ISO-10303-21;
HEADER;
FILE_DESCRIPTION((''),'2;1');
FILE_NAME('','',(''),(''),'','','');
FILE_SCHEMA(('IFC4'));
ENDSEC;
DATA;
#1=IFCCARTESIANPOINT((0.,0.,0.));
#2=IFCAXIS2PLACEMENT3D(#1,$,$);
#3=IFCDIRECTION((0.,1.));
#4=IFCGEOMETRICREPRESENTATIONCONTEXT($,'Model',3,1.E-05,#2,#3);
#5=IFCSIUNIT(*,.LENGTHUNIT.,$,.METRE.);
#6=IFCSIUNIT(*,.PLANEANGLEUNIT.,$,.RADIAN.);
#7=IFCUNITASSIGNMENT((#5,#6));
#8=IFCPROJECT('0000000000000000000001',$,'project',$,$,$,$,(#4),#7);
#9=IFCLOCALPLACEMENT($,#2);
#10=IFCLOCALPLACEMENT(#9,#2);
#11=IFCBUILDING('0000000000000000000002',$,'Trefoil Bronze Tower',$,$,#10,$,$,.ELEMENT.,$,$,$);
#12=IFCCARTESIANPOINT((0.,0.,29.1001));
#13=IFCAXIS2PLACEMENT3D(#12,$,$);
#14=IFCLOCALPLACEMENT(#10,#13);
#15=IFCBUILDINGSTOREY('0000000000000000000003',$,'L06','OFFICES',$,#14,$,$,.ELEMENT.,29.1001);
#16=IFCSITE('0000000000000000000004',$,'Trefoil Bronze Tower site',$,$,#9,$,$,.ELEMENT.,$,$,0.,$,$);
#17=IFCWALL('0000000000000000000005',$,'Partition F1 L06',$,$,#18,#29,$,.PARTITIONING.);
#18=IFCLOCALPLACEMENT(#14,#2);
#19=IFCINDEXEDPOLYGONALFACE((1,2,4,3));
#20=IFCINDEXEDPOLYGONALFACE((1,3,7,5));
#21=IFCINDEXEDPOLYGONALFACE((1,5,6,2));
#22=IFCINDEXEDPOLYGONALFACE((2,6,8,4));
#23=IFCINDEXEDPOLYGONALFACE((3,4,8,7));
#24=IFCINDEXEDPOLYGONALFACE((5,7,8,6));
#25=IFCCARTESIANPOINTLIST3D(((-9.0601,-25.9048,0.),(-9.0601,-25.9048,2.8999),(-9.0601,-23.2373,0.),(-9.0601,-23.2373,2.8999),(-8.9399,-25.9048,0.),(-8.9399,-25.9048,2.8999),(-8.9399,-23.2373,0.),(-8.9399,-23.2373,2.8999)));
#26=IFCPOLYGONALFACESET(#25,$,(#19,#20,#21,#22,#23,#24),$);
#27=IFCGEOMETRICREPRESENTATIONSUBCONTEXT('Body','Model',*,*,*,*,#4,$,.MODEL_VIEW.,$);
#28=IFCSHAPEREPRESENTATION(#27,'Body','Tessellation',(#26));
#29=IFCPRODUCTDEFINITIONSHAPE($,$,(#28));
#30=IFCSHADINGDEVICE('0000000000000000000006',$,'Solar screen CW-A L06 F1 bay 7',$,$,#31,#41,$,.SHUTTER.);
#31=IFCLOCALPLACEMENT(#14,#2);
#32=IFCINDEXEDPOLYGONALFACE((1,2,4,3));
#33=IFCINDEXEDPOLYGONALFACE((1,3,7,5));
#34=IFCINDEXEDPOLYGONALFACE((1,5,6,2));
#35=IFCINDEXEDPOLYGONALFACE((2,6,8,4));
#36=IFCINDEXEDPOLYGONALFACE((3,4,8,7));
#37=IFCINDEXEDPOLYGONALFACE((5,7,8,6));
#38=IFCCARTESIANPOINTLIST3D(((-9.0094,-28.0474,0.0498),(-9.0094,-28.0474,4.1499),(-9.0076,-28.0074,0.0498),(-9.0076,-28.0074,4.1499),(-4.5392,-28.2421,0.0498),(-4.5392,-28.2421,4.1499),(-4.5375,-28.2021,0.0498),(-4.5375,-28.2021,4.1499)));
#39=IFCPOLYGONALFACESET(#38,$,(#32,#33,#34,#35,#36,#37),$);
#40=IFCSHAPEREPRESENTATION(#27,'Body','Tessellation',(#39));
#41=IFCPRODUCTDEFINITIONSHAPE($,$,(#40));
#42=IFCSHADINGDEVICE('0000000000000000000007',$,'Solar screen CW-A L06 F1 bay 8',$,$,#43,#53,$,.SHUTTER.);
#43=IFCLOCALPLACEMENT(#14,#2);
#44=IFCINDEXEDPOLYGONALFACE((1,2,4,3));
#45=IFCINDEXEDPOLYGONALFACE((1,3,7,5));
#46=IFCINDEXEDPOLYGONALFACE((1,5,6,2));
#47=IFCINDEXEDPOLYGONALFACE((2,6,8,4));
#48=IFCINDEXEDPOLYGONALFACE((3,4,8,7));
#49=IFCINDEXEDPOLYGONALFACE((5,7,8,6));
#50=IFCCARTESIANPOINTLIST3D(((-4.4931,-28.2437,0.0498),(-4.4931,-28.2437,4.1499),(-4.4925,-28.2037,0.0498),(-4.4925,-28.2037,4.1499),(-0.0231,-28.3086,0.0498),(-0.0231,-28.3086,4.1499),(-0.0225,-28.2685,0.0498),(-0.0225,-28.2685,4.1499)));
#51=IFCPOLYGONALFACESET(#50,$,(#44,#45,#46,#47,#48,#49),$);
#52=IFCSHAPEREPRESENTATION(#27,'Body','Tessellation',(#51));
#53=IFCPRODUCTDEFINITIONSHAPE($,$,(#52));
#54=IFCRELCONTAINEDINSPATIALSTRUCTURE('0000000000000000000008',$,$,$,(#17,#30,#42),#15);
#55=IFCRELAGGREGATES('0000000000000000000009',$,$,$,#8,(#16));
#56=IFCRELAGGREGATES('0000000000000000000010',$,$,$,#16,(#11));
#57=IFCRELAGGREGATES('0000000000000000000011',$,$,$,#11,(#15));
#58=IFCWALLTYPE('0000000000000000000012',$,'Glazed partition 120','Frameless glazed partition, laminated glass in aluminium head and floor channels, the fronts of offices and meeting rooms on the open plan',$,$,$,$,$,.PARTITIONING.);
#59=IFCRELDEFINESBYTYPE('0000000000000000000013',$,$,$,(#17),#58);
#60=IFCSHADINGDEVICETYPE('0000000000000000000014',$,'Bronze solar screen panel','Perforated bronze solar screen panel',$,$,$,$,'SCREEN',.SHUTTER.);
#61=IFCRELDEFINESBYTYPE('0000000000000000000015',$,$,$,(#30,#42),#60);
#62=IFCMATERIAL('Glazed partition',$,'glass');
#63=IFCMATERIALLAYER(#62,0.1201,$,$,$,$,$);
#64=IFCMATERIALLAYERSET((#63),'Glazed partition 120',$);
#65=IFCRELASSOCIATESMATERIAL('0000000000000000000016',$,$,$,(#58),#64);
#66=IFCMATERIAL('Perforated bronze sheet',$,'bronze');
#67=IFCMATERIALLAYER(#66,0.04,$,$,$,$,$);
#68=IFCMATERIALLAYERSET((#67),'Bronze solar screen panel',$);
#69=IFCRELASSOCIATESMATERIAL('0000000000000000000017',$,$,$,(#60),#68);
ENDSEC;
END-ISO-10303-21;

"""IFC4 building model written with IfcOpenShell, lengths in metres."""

from ifc_helpers import new_model, si_unit, direction, frame, frame_2d, origin, origin_2d, place, context, subcontext, project, spatial, rectangle, extrude, material, layer, layer_set, type_object, element, save


model = new_model("IFC4")

# Units and contexts
model_context = context("Model", 3, precision=1e-05, world=origin(), true_north=direction((0.0, 1.0)))
body_context = subcontext(model_context, "Body", "Model", "MODEL_VIEW")
ifc_project = project(units=[si_unit("LENGTHUNIT", "METRE"), si_unit("PLANEANGLEUNIT", "RADIAN")], contexts=[model_context])

# Site, building, storey
site_placement = place(None, origin())
site = spatial("IfcSite", under=ifc_project, at=site_placement, Name="Trefoil Bronze Tower site", CompositionType="ELEMENT", RefElevation=0.0)
building_placement = place(site_placement, origin())
building = spatial("IfcBuilding", under=site, at=building_placement, Name="Trefoil Bronze Tower", CompositionType="ELEMENT")
storey_placement = place(building_placement, frame((0.0, 0.0, 29.1001)))
storey = spatial("IfcBuildingStorey", under=building, at=storey_placement, Name="L06", Description="OFFICES", CompositionType="ELEMENT", Elevation=29.1001)

# Shared definitions
ifc_material_1 = material(Name="Glazed partition", Category="glass")
ifc_layer_1 = layer(ifc_material_1, 0.1201)
ifc_layer_set_1 = layer_set([ifc_layer_1], Name="Glazed partition 120")
wall_type = type_object("IfcWallType", Name="Glazed partition 120", Description="Frameless glazed partition, laminated glass in aluminium head and floor channels, the fronts of offices and meeting rooms on the open plan", PredefinedType="PARTITIONING", material=ifc_layer_set_1)

# Wall
wall_1_placement = place(storey_placement, frame((-9.0, -23.2373, 0.0), z_axis=(0.0, 0.0, 1.0), x_axis=(0.0, -1.0, 0.0)))
element("IfcWall", 1, at=wall_1_placement, inside=storey, type_object=wall_type, Name="Partition F1 L06", PredefinedType="PARTITIONING", context=body_context, shape_type="SweptSolid", body=[
    extrude(rectangle(XDim=2.6675, YDim=0.1201, at=frame_2d((1.3337, 0.0))), origin(), (0.0, 0.0, 1.0), 2.8999),
])

# Shading devices
ifc_material_2 = material(Name="Perforated bronze sheet", Category="bronze")
ifc_layer_2 = layer(ifc_material_2, 0.04)
ifc_layer_set_2 = layer_set([ifc_layer_2], Name="Bronze solar screen panel")
shading_device_type = type_object("IfcShadingDeviceType", Name="Bronze solar screen panel", Description="Perforated bronze solar screen panel", ElementType="SCREEN", PredefinedType="SHUTTER", material=ifc_layer_set_2)
shading_device_1_placement = place(storey_placement, frame((-6.7734, -28.1248, 0.0498), z_axis=(0.0, 0.0, 1.0), x_axis=(0.999052, -0.043528, 0.0)))
element("IfcShadingDevice", 2, at=shading_device_1_placement, inside=storey, type_object=shading_device_type, Name="Solar screen CW-A L06 F1 bay 7", PredefinedType="SHUTTER", context=body_context, shape_type="SweptSolid", body=[
    extrude(rectangle(XDim=4.4744, YDim=0.04, at=origin_2d()), origin(), (0.0, 0.0, 1.0), 4.1001),
])
shading_device_2_placement = place(storey_placement, frame((-2.2578, -28.2561, 0.0498), z_axis=(0.0, 0.0, 1.0), x_axis=(0.999895, -0.014509, 0.0)))
element("IfcShadingDevice", 3, at=shading_device_2_placement, inside=storey, type_object=shading_device_type, Name="Solar screen CW-A L06 F1 bay 8", PredefinedType="SHUTTER", context=body_context, shape_type="SweptSolid", body=[
    extrude(rectangle(XDim=4.4705, YDim=0.04, at=origin_2d()), origin(), (0.0, 0.0, 1.0), 4.1001),
])

save(model, "model.ifc")
